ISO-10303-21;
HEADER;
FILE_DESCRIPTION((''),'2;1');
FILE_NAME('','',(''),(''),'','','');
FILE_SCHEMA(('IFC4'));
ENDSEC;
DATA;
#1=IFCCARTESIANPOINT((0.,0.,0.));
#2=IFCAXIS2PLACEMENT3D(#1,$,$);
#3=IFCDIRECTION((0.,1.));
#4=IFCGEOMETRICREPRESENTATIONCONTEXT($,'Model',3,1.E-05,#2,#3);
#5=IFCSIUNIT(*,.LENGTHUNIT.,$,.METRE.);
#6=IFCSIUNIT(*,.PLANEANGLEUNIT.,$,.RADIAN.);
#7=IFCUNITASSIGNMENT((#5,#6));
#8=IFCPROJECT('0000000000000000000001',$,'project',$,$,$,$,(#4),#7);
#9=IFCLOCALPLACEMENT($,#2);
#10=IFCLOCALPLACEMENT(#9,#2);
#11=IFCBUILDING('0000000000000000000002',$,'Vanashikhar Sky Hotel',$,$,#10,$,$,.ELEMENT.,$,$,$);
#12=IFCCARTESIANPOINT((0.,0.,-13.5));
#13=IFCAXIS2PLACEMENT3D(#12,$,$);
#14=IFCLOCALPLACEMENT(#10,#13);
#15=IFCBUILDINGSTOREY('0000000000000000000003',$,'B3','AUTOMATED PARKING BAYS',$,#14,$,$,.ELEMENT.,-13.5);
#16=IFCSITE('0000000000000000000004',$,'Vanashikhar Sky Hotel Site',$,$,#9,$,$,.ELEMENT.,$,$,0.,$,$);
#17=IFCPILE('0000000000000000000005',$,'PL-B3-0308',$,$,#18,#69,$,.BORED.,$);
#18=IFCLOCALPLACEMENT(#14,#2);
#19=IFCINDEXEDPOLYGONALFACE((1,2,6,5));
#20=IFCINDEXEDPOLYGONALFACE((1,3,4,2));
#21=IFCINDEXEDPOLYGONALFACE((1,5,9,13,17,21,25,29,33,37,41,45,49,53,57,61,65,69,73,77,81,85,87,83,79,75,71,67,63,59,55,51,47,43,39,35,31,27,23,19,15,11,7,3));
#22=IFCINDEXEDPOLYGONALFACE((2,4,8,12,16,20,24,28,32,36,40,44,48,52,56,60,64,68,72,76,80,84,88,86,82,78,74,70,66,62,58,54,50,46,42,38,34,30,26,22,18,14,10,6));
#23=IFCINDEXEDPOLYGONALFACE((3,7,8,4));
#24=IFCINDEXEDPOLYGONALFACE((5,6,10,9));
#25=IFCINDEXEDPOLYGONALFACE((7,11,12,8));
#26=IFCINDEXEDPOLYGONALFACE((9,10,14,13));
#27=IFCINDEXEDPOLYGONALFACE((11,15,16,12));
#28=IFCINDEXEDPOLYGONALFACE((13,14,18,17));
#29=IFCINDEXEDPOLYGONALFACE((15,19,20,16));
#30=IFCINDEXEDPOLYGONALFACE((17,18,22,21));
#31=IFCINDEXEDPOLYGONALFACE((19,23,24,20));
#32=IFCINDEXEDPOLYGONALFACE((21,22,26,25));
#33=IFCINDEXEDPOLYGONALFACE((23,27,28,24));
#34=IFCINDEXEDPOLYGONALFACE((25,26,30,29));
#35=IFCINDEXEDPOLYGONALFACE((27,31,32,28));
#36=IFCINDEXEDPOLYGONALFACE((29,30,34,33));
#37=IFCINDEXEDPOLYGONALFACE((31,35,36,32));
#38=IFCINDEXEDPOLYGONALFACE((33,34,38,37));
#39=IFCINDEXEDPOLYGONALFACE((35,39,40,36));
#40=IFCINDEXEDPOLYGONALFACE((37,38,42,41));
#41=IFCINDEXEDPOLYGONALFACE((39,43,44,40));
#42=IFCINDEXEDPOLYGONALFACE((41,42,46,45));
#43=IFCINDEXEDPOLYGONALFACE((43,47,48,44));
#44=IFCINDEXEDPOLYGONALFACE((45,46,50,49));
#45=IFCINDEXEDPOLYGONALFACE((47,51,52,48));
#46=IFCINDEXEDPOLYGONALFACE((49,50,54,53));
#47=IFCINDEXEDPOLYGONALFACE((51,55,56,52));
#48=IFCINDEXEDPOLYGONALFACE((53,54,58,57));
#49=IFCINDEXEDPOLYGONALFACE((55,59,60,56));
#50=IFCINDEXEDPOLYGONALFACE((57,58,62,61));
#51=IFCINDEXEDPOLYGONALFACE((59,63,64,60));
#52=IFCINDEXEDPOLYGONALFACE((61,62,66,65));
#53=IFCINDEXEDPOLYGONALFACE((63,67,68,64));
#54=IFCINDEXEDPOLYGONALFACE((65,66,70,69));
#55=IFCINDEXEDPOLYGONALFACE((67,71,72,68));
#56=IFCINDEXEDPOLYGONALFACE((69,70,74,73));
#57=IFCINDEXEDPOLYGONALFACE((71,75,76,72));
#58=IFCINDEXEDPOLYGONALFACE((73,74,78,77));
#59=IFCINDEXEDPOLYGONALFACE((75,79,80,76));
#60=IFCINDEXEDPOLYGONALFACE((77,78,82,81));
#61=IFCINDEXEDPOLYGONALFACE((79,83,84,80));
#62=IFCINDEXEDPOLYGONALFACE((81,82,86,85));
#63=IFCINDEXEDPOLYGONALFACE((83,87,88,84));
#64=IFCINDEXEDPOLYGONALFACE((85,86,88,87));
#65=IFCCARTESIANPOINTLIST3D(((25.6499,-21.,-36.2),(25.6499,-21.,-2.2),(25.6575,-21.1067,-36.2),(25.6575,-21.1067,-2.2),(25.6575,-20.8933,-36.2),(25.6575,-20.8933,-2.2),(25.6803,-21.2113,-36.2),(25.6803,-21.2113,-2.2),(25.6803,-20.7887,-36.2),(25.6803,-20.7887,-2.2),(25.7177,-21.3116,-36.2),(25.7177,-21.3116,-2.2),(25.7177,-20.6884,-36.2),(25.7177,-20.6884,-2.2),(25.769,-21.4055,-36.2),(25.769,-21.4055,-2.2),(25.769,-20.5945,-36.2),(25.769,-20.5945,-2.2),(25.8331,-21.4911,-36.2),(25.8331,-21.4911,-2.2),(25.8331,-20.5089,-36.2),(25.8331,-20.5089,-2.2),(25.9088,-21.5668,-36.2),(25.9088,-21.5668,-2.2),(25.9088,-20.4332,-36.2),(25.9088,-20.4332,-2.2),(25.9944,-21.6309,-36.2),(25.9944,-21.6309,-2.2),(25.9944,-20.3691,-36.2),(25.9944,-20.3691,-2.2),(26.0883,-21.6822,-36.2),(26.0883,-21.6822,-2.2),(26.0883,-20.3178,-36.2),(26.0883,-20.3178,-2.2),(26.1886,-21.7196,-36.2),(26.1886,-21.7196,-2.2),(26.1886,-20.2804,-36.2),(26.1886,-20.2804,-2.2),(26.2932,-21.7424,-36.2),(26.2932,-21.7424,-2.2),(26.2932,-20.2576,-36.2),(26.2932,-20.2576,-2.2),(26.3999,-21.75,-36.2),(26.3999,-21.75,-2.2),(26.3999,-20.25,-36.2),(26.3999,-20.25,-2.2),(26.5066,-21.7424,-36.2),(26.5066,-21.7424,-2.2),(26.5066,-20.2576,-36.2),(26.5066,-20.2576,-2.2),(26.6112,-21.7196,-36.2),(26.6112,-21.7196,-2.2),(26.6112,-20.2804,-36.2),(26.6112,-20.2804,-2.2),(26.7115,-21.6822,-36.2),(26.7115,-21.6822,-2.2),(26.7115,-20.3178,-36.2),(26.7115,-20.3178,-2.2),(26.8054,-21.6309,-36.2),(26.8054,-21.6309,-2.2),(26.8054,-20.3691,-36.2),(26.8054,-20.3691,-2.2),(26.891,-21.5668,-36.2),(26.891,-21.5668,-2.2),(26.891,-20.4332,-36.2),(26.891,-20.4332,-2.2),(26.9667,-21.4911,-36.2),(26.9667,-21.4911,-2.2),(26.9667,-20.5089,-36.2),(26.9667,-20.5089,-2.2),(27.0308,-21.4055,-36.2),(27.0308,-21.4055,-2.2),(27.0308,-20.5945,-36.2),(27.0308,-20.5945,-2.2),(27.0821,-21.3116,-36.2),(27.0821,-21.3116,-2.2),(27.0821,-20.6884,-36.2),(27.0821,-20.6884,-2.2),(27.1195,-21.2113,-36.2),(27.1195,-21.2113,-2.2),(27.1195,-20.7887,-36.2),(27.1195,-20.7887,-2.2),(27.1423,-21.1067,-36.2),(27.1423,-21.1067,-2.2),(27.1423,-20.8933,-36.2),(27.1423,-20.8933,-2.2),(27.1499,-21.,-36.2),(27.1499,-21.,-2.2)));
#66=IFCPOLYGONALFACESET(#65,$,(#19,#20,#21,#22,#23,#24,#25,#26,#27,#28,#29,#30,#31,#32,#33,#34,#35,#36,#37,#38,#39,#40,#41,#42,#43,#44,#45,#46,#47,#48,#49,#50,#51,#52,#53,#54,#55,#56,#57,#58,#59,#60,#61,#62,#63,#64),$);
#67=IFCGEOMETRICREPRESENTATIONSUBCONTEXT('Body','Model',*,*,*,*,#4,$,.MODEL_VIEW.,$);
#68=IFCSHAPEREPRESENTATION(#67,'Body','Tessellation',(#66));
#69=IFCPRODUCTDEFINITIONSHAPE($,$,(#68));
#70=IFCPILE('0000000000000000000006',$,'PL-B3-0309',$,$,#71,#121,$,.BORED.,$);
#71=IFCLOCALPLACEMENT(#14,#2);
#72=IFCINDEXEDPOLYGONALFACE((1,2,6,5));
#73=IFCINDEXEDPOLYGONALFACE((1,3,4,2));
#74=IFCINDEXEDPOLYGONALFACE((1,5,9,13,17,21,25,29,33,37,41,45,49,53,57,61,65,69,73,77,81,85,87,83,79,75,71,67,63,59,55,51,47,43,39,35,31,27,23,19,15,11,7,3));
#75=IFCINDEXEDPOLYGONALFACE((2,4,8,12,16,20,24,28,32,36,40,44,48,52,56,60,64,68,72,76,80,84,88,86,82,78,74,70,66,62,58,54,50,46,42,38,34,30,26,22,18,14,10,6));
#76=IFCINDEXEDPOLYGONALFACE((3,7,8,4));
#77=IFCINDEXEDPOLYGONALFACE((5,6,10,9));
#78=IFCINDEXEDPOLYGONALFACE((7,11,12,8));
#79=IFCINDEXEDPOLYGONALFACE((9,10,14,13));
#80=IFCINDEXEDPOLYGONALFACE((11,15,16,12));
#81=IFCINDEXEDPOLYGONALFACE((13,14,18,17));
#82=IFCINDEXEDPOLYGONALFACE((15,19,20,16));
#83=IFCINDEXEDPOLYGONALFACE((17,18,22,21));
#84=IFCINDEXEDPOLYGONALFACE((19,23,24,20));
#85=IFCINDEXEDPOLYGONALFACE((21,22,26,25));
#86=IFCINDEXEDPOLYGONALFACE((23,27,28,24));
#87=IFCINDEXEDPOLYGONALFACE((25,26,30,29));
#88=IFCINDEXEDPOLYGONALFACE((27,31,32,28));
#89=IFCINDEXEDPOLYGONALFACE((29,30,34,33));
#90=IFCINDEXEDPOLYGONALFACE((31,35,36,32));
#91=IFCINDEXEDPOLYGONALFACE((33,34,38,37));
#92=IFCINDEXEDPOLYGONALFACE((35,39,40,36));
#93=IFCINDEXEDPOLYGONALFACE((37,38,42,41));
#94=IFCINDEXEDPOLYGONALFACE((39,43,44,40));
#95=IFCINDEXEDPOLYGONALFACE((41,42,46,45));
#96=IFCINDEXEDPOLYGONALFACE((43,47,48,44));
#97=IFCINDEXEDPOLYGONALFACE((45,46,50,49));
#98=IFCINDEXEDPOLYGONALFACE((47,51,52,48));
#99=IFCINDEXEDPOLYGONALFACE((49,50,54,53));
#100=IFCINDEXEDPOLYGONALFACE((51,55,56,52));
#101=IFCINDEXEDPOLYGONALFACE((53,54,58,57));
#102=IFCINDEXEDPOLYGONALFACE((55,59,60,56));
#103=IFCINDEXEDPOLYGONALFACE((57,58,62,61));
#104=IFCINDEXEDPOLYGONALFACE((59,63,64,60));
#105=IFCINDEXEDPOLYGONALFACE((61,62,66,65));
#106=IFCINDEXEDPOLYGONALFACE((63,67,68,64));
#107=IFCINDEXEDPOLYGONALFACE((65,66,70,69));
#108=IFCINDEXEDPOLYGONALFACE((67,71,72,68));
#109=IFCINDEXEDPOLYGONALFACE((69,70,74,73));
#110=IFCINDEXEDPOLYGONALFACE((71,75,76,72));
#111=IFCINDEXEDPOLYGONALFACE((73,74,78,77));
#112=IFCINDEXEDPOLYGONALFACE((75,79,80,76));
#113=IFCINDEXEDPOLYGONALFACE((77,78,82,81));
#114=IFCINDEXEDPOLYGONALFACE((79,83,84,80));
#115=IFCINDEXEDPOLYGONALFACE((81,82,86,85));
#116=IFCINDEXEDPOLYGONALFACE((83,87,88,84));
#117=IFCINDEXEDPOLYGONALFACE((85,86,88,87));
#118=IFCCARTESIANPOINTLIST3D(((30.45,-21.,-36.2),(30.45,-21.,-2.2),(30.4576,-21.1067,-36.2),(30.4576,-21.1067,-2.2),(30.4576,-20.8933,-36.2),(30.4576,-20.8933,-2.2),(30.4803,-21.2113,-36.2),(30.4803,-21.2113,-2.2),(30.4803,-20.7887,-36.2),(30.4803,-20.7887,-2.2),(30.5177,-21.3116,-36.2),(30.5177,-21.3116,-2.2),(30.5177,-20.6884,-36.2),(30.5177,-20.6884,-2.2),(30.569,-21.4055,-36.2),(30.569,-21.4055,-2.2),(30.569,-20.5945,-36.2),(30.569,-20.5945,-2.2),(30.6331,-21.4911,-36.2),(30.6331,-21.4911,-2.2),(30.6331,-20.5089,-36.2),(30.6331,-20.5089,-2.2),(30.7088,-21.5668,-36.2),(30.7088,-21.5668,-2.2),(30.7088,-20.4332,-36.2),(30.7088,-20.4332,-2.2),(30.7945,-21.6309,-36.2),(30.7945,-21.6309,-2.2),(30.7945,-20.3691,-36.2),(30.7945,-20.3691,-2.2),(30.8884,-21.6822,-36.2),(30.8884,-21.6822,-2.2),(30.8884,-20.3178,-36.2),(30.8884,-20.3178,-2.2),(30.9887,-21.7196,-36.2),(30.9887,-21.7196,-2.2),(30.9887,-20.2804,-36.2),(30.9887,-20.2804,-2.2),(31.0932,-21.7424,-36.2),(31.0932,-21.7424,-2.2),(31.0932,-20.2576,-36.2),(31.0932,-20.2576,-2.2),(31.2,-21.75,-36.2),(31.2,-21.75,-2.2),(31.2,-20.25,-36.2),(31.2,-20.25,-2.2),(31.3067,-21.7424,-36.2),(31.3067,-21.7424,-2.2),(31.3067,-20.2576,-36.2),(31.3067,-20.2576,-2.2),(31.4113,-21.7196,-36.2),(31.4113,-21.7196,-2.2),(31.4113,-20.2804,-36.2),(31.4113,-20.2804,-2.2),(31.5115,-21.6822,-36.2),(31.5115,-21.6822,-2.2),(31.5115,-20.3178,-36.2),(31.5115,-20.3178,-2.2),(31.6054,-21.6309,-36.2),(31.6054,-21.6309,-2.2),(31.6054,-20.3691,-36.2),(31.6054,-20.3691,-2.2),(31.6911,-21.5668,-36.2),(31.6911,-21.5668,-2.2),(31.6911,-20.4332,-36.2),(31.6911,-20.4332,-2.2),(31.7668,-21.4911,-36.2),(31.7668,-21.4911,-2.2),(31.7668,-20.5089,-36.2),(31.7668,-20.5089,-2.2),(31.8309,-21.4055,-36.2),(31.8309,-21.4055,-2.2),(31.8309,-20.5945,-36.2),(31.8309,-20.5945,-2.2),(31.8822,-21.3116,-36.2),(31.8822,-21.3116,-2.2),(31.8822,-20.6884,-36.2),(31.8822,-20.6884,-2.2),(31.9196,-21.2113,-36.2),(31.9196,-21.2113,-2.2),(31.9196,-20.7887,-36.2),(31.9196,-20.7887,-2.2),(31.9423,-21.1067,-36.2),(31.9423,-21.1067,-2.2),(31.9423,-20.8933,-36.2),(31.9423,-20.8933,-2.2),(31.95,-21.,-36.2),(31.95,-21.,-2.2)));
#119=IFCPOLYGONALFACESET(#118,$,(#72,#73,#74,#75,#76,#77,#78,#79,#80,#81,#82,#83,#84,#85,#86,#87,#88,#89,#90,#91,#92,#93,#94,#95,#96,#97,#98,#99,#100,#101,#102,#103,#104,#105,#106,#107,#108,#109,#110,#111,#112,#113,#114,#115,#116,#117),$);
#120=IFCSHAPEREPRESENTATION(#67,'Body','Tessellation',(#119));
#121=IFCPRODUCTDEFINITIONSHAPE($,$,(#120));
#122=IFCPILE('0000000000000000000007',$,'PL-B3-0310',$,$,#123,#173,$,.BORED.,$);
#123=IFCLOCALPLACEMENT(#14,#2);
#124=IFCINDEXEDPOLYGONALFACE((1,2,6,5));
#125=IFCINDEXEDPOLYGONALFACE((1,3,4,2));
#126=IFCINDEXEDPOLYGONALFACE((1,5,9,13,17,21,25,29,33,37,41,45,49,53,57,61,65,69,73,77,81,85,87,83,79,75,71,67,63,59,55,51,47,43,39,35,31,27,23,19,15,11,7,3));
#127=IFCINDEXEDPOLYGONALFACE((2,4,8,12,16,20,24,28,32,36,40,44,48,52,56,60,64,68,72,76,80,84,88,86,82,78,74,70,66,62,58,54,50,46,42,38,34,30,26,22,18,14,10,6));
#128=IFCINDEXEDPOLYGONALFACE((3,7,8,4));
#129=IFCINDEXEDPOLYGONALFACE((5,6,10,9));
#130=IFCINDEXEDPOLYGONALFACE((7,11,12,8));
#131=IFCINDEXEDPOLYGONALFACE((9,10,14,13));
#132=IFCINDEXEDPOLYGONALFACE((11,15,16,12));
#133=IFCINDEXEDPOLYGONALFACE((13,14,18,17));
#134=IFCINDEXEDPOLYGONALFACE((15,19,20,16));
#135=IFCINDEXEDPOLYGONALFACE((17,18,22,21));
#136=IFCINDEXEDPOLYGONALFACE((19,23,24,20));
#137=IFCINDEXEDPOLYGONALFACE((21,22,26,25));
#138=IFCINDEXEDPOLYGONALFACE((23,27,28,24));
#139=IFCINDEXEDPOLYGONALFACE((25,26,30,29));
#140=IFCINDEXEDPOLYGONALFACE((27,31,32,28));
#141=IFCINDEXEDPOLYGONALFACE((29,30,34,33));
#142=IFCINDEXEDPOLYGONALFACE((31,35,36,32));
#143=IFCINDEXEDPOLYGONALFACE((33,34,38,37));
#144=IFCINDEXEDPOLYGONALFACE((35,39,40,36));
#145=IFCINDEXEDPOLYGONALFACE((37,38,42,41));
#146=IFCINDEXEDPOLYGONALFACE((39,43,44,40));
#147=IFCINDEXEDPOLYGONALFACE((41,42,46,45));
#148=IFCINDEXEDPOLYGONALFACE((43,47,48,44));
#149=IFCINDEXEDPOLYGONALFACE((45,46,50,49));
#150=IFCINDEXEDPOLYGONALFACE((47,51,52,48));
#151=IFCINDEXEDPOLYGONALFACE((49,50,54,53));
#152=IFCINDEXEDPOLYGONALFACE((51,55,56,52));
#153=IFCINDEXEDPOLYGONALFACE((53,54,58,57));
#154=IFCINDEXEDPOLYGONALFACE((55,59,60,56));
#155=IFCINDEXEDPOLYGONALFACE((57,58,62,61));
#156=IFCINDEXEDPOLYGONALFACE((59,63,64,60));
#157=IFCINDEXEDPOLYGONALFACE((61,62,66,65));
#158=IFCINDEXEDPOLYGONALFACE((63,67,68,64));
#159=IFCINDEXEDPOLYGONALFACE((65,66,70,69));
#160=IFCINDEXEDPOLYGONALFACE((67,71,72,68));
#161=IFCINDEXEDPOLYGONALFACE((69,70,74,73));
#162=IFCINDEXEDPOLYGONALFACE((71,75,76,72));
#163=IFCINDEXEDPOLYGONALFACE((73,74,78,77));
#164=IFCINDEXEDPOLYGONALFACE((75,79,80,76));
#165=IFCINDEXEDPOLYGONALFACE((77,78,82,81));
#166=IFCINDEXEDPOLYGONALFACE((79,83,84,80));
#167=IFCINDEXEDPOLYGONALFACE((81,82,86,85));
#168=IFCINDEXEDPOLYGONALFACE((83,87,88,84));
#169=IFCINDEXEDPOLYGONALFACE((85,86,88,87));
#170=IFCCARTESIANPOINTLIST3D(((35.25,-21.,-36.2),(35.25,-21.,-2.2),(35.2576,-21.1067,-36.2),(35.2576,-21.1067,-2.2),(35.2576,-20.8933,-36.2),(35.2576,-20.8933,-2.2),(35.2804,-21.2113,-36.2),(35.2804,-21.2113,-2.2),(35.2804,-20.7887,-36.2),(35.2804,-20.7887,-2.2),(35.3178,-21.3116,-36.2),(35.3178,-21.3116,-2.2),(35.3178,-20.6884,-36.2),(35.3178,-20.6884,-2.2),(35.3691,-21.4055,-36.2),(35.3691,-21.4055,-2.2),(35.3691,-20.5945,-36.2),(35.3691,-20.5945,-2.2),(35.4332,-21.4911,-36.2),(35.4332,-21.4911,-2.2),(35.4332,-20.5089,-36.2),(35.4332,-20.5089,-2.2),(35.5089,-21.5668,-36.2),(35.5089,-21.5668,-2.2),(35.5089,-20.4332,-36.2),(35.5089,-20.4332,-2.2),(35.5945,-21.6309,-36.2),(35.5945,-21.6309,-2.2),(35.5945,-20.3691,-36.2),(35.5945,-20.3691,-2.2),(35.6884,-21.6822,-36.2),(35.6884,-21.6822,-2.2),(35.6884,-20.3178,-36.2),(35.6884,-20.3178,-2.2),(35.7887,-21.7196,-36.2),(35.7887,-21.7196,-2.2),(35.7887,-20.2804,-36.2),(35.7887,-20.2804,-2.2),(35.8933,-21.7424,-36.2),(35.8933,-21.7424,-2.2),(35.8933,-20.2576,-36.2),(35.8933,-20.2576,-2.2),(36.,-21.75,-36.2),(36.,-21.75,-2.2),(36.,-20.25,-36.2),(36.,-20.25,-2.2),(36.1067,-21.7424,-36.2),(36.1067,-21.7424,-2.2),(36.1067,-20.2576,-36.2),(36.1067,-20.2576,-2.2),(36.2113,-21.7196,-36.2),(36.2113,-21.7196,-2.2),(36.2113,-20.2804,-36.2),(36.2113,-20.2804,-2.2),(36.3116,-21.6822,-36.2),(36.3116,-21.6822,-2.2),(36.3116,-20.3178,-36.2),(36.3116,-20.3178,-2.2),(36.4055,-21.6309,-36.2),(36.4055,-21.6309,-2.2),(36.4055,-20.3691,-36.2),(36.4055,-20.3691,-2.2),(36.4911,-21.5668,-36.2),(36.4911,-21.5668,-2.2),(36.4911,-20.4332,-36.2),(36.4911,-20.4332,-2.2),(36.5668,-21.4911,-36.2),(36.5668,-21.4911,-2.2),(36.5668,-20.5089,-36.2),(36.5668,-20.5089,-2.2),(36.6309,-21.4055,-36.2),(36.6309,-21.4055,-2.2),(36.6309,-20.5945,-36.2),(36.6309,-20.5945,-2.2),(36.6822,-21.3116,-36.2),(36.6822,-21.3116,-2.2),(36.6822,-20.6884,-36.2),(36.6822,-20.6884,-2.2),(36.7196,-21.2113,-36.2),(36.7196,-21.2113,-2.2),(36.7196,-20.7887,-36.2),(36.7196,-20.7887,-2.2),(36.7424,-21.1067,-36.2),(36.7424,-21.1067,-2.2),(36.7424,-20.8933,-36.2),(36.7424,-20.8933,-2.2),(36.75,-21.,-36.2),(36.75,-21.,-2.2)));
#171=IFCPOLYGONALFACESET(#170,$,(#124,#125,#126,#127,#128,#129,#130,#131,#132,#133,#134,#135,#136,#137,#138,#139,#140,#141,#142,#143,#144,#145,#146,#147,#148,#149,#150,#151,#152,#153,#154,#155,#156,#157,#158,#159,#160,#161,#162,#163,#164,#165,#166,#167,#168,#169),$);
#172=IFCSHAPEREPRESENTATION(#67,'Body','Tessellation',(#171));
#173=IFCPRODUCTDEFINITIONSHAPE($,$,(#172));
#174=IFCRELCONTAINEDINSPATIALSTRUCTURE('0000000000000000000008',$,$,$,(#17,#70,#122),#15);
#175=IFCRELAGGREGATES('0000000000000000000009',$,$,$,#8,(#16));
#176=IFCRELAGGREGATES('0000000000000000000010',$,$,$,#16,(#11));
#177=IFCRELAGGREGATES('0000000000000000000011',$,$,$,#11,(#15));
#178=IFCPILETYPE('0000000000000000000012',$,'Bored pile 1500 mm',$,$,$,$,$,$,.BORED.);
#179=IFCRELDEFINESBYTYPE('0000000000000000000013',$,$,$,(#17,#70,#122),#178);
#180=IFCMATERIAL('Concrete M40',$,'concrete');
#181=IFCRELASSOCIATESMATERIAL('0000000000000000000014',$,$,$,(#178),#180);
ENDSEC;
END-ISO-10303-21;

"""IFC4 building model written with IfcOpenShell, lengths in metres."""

from ifc_helpers import new_model, si_unit, direction, frame, origin, origin_2d, place, context, subcontext, project, spatial, circle, extrude, source, transform, mapped, material, type_object, element, save


model = new_model("IFC4")

# Units and contexts
model_context = context("Model", 3, precision=1e-05, world=origin(), true_north=direction((0.0, 1.0)))
body_context = subcontext(model_context, "Body", "Model", "MODEL_VIEW")
ifc_project = project(units=[si_unit("LENGTHUNIT", "METRE"), si_unit("PLANEANGLEUNIT", "RADIAN")], contexts=[model_context])

# Site, building, storey
site_placement = place(None, origin())
site = spatial("IfcSite", under=ifc_project, at=site_placement, Name="Vanashikhar Sky Hotel Site", CompositionType="ELEMENT", RefElevation=0.0)
building_placement = place(site_placement, origin())
building = spatial("IfcBuilding", under=site, at=building_placement, Name="Vanashikhar Sky Hotel", CompositionType="ELEMENT")
storey_placement = place(building_placement, frame((0.0, 0.0, -13.5)))
storey = spatial("IfcBuildingStorey", under=building, at=storey_placement, Name="B3", Description="AUTOMATED PARKING BAYS", CompositionType="ELEMENT", Elevation=-13.5)

# Piles
ifc_material_1 = material(Name="Concrete M40", Category="concrete")
pile_type_1 = type_object("IfcPileType", Name="Bored pile 1500 mm", PredefinedType="BORED", material=ifc_material_1)
shared_shape_1 = source(origin(), body_context, "Body", "SweptSolid", [
    extrude(circle(Radius=0.75, at=origin_2d()), origin(), (0.0, 0.0, 1.0), 34.0),
])
for number, where, z_axis, x_axis, name in (
    (1, (26.3999, -21.0, -2.2), (0.0, 0.0, -1.0), (1.0, 0.0, 0.0), "PL-B3-0308"),
    (2, (31.2, -21.0, -2.2), (0.0, 0.0, -1.0), (1.0, 0.0, 0.0), "PL-B3-0309"),
    (3, (36.0, -21.0, -2.2), (0.0, 0.0, -1.0), (1.0, 0.0, 0.0), "PL-B3-0310"),
):
    element("IfcPile", number, at=place(storey_placement, frame(where, z_axis=z_axis, x_axis=x_axis)), inside=storey, type_object=pile_type_1, Name=name, PredefinedType="BORED", context=body_context, shape_type="MappedRepresentation", body=[
        mapped(shared_shape_1, transform((0.0, 0.0, 0.0), scale=1.0)),
    ])

save(model, "model.ifc")
